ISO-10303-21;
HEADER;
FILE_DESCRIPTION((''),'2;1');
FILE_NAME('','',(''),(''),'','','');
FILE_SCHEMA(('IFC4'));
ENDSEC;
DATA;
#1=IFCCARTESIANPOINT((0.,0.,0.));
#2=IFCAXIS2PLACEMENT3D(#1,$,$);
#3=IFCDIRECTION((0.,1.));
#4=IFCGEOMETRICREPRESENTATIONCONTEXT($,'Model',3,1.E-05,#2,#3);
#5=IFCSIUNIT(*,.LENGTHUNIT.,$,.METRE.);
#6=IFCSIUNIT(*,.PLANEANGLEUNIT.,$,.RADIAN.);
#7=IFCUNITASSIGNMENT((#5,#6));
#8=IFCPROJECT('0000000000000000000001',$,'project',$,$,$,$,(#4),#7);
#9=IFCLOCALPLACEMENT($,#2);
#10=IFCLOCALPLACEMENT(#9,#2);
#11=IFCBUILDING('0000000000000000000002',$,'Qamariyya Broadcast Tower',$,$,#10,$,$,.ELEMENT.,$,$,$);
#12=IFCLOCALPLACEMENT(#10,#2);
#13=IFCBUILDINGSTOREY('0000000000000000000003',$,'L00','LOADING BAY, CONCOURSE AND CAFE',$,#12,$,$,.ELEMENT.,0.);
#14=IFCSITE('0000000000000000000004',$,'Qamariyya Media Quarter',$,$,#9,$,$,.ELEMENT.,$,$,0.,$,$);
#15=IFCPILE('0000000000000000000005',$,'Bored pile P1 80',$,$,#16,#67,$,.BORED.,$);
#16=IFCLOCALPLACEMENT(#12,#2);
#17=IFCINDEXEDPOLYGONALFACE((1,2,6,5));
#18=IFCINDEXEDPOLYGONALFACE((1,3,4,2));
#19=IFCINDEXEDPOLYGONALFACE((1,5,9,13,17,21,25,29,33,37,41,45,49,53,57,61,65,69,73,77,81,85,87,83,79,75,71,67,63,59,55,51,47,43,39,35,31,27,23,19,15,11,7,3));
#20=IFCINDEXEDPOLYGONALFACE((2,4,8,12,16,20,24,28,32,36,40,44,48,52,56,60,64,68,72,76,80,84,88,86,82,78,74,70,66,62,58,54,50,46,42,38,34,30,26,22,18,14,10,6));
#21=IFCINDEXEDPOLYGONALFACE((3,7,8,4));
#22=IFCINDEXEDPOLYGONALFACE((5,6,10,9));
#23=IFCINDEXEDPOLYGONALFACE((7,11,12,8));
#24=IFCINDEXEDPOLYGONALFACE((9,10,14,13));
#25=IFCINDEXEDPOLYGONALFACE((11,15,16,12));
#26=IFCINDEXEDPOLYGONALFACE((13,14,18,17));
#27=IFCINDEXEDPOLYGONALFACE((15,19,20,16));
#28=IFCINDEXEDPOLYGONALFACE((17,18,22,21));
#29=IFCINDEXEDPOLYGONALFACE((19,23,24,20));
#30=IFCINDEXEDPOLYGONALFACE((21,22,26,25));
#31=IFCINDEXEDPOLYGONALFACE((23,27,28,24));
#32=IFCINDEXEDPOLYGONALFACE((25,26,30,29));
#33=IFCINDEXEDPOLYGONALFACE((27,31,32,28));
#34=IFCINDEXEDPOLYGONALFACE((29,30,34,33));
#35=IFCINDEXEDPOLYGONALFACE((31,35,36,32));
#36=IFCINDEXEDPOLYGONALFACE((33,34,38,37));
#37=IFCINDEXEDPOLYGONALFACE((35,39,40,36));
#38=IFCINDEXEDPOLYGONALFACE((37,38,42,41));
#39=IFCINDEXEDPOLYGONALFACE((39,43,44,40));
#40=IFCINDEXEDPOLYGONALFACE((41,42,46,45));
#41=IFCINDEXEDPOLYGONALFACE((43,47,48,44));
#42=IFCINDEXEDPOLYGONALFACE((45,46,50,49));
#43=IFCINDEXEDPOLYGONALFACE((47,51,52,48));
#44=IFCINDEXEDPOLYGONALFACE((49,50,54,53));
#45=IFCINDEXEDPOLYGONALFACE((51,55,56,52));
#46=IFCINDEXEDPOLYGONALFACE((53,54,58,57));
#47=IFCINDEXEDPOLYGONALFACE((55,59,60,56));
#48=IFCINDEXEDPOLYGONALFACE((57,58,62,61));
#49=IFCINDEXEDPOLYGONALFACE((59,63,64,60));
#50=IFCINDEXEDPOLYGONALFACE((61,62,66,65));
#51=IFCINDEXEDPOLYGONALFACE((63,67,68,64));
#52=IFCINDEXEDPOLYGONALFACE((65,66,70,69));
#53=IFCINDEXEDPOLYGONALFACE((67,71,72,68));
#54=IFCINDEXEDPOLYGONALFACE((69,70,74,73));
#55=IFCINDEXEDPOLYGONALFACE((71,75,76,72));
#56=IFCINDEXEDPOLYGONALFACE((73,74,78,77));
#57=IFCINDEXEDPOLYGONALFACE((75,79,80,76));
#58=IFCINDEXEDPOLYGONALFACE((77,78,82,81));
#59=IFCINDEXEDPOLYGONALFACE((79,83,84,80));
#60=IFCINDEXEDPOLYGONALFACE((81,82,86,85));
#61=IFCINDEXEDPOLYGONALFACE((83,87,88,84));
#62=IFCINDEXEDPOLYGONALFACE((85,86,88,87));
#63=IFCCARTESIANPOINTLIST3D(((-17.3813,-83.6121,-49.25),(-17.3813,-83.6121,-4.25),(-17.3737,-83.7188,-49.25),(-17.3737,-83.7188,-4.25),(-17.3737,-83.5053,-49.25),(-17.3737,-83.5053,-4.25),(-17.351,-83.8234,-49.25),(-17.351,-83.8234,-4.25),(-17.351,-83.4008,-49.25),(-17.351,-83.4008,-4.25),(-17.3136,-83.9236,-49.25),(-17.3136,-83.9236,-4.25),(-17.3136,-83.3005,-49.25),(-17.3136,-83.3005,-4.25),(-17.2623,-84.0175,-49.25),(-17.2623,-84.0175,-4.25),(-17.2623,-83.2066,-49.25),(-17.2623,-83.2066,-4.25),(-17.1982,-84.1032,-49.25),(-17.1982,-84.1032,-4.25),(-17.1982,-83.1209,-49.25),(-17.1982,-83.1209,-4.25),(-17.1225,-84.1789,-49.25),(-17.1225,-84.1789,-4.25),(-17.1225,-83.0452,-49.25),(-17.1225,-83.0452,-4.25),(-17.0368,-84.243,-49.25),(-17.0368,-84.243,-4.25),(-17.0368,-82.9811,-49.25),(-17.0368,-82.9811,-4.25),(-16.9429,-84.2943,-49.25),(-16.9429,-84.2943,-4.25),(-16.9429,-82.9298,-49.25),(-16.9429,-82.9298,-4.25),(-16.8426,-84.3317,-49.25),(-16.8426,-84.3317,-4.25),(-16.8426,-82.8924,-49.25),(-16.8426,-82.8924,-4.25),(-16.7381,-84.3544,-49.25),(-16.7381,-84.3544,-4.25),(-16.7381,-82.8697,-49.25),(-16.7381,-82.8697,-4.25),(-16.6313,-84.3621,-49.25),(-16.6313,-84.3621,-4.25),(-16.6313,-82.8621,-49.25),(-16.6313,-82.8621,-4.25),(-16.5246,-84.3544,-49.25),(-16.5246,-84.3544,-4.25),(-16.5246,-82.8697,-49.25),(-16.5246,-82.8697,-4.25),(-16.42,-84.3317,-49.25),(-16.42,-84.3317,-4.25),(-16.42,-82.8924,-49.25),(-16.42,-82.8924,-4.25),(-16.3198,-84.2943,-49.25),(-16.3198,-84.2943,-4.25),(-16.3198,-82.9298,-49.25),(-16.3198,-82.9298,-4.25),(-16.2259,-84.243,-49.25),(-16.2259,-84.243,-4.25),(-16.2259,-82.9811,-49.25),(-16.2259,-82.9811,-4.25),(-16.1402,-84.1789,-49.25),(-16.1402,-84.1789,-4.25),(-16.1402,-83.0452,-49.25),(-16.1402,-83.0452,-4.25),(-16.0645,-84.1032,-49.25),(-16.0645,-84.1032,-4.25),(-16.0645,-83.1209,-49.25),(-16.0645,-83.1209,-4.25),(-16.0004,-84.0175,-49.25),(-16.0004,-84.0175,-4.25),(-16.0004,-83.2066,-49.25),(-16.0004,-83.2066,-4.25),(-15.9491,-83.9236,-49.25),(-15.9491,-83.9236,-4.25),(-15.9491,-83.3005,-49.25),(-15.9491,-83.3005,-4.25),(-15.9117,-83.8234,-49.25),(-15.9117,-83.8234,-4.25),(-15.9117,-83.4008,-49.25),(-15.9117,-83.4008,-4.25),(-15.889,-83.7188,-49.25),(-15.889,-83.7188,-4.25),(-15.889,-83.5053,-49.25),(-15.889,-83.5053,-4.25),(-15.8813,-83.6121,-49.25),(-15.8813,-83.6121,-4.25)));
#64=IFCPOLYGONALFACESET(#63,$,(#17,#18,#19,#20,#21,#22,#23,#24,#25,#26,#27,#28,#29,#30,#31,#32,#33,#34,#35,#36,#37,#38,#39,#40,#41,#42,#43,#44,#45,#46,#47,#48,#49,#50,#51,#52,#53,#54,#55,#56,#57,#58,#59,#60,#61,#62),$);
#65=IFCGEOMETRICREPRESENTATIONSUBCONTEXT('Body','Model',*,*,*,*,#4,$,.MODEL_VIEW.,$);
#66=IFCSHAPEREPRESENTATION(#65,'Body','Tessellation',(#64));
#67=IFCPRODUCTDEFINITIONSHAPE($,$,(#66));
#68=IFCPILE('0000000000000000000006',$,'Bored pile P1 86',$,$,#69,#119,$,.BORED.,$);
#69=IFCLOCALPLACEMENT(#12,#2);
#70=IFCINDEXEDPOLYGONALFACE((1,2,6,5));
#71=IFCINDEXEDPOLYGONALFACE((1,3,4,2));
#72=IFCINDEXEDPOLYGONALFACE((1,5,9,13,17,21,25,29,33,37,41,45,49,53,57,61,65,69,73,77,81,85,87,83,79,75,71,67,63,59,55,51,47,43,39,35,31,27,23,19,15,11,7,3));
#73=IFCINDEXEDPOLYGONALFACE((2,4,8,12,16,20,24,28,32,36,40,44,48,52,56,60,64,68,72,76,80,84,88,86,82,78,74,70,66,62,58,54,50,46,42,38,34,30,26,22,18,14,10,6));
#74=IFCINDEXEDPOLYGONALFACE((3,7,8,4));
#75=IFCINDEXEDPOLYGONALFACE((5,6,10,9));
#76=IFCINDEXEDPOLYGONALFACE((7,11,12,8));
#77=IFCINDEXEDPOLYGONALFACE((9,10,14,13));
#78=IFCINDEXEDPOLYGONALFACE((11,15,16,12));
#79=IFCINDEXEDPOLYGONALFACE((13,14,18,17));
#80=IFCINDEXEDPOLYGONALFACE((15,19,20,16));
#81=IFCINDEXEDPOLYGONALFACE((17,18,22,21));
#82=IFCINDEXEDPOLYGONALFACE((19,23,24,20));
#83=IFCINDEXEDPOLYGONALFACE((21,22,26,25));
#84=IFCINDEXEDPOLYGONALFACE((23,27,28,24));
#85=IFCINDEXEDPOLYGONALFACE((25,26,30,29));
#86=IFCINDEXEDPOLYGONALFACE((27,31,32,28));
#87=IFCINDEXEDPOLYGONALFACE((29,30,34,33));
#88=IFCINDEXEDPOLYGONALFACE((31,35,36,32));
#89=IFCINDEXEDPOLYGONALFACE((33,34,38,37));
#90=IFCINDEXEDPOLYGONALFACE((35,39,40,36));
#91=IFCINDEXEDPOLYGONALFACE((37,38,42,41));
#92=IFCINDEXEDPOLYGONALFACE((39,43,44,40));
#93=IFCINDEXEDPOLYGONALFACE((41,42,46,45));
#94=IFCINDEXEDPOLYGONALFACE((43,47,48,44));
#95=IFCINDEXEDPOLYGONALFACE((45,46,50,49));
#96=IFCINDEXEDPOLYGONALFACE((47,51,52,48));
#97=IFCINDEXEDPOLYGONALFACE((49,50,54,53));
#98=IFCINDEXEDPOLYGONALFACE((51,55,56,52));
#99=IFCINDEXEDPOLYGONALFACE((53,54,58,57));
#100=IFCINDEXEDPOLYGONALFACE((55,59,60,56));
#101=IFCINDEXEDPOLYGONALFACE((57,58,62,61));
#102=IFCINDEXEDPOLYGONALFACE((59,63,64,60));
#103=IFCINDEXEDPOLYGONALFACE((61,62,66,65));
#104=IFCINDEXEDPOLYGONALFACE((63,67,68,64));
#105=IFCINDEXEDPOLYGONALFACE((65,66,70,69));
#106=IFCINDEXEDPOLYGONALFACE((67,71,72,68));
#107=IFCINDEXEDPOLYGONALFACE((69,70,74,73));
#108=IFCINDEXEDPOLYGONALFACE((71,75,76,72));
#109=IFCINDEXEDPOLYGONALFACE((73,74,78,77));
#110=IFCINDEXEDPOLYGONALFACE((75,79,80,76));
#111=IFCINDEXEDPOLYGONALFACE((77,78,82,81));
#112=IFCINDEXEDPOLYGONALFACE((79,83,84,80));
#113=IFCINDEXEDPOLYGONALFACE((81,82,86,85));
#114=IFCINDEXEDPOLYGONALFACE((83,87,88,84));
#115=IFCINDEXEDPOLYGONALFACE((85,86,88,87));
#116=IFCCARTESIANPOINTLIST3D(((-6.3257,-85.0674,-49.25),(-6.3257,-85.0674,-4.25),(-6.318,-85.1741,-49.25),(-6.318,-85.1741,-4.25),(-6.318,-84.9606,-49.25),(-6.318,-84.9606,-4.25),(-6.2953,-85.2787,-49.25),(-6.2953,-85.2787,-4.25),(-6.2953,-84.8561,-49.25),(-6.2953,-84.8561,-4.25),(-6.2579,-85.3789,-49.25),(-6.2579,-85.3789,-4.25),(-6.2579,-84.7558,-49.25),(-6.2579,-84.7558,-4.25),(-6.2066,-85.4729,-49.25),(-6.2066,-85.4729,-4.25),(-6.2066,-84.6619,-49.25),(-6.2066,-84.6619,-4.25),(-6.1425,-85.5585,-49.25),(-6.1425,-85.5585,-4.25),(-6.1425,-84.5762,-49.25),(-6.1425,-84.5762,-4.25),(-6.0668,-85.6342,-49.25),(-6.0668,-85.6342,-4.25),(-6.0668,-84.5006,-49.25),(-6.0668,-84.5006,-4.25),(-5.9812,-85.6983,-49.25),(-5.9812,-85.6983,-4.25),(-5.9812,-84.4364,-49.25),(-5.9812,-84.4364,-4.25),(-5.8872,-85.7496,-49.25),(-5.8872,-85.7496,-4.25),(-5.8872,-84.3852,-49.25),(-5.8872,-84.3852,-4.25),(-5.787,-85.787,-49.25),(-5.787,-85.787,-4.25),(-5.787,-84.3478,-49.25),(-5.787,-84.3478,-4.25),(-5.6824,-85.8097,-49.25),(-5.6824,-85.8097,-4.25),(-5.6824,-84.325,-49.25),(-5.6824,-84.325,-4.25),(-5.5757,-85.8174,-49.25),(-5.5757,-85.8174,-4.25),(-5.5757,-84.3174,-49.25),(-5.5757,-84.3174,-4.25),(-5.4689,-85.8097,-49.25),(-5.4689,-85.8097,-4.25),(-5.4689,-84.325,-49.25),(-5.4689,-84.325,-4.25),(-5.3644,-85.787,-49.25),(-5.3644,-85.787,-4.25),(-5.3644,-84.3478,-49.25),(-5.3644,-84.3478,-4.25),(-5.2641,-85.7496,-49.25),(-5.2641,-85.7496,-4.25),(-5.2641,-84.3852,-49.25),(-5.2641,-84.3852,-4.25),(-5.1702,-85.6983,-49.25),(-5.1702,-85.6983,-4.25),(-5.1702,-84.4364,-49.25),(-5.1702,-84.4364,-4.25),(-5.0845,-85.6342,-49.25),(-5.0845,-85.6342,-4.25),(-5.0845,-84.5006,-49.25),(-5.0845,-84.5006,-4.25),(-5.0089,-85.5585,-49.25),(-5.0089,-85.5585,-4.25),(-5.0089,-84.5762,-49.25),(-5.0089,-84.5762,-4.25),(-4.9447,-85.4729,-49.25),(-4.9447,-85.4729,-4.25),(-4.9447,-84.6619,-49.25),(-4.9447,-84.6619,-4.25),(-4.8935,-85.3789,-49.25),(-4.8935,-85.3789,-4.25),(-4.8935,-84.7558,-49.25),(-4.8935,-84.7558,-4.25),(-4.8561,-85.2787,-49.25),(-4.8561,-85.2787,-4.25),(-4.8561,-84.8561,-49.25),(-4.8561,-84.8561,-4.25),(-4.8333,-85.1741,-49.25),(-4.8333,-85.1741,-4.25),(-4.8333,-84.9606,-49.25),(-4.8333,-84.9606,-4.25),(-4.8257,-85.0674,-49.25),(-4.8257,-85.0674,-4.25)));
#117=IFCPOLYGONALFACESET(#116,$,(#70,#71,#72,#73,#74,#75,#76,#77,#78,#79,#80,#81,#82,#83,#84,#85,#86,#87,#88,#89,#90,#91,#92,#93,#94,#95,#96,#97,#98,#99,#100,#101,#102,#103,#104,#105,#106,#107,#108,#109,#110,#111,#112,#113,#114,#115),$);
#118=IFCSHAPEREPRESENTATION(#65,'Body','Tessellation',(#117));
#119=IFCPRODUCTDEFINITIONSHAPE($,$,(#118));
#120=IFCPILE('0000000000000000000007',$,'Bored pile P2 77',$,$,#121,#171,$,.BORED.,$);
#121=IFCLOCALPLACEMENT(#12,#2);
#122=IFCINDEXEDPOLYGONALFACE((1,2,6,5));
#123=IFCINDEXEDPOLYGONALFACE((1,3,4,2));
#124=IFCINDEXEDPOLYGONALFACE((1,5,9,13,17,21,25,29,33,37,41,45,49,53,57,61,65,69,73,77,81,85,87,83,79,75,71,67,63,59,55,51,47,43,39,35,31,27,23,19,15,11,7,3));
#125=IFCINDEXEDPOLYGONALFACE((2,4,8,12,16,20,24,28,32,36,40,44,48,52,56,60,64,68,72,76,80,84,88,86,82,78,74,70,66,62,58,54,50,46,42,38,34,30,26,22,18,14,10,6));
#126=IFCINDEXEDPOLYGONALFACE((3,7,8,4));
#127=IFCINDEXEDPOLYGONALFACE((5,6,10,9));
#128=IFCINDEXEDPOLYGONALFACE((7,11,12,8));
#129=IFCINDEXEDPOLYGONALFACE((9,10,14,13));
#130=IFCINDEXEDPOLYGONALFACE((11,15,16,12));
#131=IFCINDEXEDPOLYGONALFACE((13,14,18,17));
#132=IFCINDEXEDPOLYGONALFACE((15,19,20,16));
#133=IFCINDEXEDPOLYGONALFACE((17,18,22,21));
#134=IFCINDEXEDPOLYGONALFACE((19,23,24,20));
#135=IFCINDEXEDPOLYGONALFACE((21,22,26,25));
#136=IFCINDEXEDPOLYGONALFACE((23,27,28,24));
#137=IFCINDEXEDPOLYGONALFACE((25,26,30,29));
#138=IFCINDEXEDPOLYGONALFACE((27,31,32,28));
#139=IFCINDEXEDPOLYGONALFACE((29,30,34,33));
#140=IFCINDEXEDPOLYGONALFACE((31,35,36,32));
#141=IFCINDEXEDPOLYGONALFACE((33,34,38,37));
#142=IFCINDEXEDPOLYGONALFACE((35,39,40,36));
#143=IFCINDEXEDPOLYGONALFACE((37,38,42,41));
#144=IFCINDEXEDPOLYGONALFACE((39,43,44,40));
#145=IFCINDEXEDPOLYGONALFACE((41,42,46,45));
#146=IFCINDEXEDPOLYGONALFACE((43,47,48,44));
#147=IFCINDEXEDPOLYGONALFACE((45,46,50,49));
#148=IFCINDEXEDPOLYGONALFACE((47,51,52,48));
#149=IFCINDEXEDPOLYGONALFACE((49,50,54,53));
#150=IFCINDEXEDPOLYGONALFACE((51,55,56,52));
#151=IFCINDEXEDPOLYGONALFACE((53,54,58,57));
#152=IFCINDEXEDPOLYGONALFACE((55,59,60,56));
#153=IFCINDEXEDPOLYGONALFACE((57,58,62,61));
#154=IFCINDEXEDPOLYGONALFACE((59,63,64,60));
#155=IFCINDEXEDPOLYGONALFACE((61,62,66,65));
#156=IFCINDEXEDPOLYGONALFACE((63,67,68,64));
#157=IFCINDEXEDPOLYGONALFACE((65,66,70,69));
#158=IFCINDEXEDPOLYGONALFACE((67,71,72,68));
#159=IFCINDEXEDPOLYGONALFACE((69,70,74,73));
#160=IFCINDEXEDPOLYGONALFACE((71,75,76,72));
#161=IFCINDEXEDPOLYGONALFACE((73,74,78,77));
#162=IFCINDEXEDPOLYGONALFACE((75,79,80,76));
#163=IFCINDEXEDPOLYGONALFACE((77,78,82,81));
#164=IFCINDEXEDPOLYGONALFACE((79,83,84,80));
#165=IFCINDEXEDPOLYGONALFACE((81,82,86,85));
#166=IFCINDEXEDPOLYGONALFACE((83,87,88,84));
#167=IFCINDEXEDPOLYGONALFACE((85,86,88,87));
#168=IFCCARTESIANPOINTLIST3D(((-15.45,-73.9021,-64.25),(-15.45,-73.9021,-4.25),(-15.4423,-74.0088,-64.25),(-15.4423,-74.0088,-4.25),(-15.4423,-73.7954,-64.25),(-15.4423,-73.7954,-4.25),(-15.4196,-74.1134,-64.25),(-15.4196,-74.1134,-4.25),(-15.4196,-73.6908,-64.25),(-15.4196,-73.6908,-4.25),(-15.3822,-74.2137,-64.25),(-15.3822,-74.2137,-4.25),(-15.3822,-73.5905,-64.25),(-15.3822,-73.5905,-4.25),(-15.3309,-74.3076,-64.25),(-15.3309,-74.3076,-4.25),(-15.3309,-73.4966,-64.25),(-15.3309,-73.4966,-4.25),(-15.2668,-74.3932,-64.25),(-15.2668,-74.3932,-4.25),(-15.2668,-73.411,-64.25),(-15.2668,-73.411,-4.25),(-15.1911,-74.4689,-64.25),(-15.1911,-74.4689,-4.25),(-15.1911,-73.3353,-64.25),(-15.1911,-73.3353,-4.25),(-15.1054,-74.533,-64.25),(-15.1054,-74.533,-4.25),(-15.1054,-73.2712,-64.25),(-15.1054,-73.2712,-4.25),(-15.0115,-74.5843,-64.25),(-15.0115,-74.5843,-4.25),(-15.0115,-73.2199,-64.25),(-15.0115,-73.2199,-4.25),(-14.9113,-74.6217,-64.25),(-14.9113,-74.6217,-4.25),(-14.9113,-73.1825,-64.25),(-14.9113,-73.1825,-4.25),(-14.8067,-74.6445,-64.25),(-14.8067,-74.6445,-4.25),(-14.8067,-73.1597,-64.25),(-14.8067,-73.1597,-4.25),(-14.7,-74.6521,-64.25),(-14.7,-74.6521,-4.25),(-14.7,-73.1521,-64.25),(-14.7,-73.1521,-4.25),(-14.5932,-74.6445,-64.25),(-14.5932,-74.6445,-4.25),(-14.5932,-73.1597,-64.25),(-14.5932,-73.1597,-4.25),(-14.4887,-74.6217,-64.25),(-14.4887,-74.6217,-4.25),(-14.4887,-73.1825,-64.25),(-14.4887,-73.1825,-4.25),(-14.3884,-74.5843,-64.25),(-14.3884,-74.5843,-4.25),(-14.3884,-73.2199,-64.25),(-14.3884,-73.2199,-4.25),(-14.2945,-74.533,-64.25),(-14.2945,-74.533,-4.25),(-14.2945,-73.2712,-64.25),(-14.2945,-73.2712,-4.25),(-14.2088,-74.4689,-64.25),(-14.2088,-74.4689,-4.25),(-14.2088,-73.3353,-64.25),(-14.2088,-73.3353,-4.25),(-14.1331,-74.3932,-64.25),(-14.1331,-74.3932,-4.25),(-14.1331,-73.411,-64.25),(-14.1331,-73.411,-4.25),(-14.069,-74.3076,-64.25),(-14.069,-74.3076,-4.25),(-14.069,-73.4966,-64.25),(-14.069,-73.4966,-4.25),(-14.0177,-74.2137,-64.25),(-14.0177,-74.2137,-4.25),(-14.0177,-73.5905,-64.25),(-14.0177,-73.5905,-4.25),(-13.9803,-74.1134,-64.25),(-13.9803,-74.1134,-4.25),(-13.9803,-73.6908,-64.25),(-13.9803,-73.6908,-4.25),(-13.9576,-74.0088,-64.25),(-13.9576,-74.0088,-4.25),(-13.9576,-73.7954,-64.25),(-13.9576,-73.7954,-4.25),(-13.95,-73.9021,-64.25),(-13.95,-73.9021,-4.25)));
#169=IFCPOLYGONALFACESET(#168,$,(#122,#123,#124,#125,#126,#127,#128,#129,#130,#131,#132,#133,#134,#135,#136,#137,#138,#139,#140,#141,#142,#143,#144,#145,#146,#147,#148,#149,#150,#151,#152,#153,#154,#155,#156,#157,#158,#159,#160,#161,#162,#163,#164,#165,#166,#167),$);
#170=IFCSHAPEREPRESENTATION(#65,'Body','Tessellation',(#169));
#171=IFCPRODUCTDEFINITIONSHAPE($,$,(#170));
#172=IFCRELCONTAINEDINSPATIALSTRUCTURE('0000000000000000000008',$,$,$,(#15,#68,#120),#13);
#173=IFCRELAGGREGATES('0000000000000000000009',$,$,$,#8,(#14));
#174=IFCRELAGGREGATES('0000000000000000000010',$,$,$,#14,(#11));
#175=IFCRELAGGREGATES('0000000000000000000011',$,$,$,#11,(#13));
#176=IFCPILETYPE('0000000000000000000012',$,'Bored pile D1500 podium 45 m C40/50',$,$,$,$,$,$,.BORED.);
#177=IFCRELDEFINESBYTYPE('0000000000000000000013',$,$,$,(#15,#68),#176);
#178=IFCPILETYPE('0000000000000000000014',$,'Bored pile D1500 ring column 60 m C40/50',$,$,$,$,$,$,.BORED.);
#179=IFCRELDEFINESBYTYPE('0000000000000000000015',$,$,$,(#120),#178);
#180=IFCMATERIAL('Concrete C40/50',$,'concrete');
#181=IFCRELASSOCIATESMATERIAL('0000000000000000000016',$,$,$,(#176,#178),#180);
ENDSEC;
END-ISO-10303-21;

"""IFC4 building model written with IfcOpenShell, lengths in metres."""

from ifc_helpers import new_model, si_unit, direction, frame, origin, origin_2d, place, context, subcontext, project, spatial, circle, extrude, material, material_profile, profile_set, type_object, element, save


model = new_model("IFC4")

# Units and contexts
model_context = context("Model", 3, precision=1e-05, world=origin(), true_north=direction((0.0, 1.0)))
body_context = subcontext(model_context, "Body", "Model", "MODEL_VIEW")
ifc_project = project(units=[si_unit("LENGTHUNIT", "METRE"), si_unit("PLANEANGLEUNIT", "RADIAN")], contexts=[model_context])

# Site, building, storey
site_placement = place(None, origin())
site = spatial("IfcSite", under=ifc_project, at=site_placement, Name="Qamariyya Media Quarter", CompositionType="ELEMENT", RefElevation=0.0)
building_placement = place(site_placement, origin())
building = spatial("IfcBuilding", under=site, at=building_placement, Name="Qamariyya Broadcast Tower", CompositionType="ELEMENT")
storey_placement = place(building_placement, origin())
storey = spatial("IfcBuildingStorey", under=building, at=storey_placement, Name="L00", Description="LOADING BAY, CONCOURSE AND CAFE", CompositionType="ELEMENT", Elevation=0.0)

# Piles
ifc_material_1 = material(Name="Concrete C40/50", Category="concrete")
ifc_material_profile_1 = material_profile(ifc_material_1, circle(Radius=0.75, at=origin_2d()))
ifc_profile_set_1 = profile_set([ifc_material_profile_1], Name="Concrete C40/50")
pile_type_1 = type_object("IfcPileType", Name="Bored pile D1500 podium 45 m C40/50", PredefinedType="BORED", material=ifc_profile_set_1)
for number, where, z_axis, x_axis, name in (
    (1, (-16.6313, -83.6121, -4.25), (0.0, 0.0, -1.0), (1.0, 0.0, 0.0), "Bored pile P1 80"),
    (2, (-5.5757, -85.0674, -4.25), (0.0, 0.0, -1.0), (1.0, 0.0, 0.0), "Bored pile P1 86"),
):
    element("IfcPile", number, at=place(storey_placement, frame(where, z_axis=z_axis, x_axis=x_axis)), inside=storey, type_object=pile_type_1, Name=name, PredefinedType="BORED", context=body_context, shape_type="SweptSolid", body=[
        extrude(circle(Radius=0.75, at=origin_2d()), origin(), (0.0, 0.0, 1.0), 45.0),
    ])
ifc_material_profile_2 = material_profile(ifc_material_1, circle(Radius=0.75, at=origin_2d()))
ifc_profile_set_2 = profile_set([ifc_material_profile_2], Name="Concrete C40/50")
pile_type_2 = type_object("IfcPileType", Name="Bored pile D1500 ring column 60 m C40/50", PredefinedType="BORED", material=ifc_profile_set_2)
for number, where, z_axis, x_axis, name in (
    (3, (-14.7, -73.9021, -4.25), (0.0, 0.0, -1.0), (1.0, 0.0, 0.0), "Bored pile P2 77"),
):
    element("IfcPile", number, at=place(storey_placement, frame(where, z_axis=z_axis, x_axis=x_axis)), inside=storey, type_object=pile_type_2, Name=name, PredefinedType="BORED", context=body_context, shape_type="SweptSolid", body=[
        extrude(circle(Radius=0.75, at=origin_2d()), origin(), (0.0, 0.0, 1.0), 60.0),
    ])

save(model, "model.ifc")
